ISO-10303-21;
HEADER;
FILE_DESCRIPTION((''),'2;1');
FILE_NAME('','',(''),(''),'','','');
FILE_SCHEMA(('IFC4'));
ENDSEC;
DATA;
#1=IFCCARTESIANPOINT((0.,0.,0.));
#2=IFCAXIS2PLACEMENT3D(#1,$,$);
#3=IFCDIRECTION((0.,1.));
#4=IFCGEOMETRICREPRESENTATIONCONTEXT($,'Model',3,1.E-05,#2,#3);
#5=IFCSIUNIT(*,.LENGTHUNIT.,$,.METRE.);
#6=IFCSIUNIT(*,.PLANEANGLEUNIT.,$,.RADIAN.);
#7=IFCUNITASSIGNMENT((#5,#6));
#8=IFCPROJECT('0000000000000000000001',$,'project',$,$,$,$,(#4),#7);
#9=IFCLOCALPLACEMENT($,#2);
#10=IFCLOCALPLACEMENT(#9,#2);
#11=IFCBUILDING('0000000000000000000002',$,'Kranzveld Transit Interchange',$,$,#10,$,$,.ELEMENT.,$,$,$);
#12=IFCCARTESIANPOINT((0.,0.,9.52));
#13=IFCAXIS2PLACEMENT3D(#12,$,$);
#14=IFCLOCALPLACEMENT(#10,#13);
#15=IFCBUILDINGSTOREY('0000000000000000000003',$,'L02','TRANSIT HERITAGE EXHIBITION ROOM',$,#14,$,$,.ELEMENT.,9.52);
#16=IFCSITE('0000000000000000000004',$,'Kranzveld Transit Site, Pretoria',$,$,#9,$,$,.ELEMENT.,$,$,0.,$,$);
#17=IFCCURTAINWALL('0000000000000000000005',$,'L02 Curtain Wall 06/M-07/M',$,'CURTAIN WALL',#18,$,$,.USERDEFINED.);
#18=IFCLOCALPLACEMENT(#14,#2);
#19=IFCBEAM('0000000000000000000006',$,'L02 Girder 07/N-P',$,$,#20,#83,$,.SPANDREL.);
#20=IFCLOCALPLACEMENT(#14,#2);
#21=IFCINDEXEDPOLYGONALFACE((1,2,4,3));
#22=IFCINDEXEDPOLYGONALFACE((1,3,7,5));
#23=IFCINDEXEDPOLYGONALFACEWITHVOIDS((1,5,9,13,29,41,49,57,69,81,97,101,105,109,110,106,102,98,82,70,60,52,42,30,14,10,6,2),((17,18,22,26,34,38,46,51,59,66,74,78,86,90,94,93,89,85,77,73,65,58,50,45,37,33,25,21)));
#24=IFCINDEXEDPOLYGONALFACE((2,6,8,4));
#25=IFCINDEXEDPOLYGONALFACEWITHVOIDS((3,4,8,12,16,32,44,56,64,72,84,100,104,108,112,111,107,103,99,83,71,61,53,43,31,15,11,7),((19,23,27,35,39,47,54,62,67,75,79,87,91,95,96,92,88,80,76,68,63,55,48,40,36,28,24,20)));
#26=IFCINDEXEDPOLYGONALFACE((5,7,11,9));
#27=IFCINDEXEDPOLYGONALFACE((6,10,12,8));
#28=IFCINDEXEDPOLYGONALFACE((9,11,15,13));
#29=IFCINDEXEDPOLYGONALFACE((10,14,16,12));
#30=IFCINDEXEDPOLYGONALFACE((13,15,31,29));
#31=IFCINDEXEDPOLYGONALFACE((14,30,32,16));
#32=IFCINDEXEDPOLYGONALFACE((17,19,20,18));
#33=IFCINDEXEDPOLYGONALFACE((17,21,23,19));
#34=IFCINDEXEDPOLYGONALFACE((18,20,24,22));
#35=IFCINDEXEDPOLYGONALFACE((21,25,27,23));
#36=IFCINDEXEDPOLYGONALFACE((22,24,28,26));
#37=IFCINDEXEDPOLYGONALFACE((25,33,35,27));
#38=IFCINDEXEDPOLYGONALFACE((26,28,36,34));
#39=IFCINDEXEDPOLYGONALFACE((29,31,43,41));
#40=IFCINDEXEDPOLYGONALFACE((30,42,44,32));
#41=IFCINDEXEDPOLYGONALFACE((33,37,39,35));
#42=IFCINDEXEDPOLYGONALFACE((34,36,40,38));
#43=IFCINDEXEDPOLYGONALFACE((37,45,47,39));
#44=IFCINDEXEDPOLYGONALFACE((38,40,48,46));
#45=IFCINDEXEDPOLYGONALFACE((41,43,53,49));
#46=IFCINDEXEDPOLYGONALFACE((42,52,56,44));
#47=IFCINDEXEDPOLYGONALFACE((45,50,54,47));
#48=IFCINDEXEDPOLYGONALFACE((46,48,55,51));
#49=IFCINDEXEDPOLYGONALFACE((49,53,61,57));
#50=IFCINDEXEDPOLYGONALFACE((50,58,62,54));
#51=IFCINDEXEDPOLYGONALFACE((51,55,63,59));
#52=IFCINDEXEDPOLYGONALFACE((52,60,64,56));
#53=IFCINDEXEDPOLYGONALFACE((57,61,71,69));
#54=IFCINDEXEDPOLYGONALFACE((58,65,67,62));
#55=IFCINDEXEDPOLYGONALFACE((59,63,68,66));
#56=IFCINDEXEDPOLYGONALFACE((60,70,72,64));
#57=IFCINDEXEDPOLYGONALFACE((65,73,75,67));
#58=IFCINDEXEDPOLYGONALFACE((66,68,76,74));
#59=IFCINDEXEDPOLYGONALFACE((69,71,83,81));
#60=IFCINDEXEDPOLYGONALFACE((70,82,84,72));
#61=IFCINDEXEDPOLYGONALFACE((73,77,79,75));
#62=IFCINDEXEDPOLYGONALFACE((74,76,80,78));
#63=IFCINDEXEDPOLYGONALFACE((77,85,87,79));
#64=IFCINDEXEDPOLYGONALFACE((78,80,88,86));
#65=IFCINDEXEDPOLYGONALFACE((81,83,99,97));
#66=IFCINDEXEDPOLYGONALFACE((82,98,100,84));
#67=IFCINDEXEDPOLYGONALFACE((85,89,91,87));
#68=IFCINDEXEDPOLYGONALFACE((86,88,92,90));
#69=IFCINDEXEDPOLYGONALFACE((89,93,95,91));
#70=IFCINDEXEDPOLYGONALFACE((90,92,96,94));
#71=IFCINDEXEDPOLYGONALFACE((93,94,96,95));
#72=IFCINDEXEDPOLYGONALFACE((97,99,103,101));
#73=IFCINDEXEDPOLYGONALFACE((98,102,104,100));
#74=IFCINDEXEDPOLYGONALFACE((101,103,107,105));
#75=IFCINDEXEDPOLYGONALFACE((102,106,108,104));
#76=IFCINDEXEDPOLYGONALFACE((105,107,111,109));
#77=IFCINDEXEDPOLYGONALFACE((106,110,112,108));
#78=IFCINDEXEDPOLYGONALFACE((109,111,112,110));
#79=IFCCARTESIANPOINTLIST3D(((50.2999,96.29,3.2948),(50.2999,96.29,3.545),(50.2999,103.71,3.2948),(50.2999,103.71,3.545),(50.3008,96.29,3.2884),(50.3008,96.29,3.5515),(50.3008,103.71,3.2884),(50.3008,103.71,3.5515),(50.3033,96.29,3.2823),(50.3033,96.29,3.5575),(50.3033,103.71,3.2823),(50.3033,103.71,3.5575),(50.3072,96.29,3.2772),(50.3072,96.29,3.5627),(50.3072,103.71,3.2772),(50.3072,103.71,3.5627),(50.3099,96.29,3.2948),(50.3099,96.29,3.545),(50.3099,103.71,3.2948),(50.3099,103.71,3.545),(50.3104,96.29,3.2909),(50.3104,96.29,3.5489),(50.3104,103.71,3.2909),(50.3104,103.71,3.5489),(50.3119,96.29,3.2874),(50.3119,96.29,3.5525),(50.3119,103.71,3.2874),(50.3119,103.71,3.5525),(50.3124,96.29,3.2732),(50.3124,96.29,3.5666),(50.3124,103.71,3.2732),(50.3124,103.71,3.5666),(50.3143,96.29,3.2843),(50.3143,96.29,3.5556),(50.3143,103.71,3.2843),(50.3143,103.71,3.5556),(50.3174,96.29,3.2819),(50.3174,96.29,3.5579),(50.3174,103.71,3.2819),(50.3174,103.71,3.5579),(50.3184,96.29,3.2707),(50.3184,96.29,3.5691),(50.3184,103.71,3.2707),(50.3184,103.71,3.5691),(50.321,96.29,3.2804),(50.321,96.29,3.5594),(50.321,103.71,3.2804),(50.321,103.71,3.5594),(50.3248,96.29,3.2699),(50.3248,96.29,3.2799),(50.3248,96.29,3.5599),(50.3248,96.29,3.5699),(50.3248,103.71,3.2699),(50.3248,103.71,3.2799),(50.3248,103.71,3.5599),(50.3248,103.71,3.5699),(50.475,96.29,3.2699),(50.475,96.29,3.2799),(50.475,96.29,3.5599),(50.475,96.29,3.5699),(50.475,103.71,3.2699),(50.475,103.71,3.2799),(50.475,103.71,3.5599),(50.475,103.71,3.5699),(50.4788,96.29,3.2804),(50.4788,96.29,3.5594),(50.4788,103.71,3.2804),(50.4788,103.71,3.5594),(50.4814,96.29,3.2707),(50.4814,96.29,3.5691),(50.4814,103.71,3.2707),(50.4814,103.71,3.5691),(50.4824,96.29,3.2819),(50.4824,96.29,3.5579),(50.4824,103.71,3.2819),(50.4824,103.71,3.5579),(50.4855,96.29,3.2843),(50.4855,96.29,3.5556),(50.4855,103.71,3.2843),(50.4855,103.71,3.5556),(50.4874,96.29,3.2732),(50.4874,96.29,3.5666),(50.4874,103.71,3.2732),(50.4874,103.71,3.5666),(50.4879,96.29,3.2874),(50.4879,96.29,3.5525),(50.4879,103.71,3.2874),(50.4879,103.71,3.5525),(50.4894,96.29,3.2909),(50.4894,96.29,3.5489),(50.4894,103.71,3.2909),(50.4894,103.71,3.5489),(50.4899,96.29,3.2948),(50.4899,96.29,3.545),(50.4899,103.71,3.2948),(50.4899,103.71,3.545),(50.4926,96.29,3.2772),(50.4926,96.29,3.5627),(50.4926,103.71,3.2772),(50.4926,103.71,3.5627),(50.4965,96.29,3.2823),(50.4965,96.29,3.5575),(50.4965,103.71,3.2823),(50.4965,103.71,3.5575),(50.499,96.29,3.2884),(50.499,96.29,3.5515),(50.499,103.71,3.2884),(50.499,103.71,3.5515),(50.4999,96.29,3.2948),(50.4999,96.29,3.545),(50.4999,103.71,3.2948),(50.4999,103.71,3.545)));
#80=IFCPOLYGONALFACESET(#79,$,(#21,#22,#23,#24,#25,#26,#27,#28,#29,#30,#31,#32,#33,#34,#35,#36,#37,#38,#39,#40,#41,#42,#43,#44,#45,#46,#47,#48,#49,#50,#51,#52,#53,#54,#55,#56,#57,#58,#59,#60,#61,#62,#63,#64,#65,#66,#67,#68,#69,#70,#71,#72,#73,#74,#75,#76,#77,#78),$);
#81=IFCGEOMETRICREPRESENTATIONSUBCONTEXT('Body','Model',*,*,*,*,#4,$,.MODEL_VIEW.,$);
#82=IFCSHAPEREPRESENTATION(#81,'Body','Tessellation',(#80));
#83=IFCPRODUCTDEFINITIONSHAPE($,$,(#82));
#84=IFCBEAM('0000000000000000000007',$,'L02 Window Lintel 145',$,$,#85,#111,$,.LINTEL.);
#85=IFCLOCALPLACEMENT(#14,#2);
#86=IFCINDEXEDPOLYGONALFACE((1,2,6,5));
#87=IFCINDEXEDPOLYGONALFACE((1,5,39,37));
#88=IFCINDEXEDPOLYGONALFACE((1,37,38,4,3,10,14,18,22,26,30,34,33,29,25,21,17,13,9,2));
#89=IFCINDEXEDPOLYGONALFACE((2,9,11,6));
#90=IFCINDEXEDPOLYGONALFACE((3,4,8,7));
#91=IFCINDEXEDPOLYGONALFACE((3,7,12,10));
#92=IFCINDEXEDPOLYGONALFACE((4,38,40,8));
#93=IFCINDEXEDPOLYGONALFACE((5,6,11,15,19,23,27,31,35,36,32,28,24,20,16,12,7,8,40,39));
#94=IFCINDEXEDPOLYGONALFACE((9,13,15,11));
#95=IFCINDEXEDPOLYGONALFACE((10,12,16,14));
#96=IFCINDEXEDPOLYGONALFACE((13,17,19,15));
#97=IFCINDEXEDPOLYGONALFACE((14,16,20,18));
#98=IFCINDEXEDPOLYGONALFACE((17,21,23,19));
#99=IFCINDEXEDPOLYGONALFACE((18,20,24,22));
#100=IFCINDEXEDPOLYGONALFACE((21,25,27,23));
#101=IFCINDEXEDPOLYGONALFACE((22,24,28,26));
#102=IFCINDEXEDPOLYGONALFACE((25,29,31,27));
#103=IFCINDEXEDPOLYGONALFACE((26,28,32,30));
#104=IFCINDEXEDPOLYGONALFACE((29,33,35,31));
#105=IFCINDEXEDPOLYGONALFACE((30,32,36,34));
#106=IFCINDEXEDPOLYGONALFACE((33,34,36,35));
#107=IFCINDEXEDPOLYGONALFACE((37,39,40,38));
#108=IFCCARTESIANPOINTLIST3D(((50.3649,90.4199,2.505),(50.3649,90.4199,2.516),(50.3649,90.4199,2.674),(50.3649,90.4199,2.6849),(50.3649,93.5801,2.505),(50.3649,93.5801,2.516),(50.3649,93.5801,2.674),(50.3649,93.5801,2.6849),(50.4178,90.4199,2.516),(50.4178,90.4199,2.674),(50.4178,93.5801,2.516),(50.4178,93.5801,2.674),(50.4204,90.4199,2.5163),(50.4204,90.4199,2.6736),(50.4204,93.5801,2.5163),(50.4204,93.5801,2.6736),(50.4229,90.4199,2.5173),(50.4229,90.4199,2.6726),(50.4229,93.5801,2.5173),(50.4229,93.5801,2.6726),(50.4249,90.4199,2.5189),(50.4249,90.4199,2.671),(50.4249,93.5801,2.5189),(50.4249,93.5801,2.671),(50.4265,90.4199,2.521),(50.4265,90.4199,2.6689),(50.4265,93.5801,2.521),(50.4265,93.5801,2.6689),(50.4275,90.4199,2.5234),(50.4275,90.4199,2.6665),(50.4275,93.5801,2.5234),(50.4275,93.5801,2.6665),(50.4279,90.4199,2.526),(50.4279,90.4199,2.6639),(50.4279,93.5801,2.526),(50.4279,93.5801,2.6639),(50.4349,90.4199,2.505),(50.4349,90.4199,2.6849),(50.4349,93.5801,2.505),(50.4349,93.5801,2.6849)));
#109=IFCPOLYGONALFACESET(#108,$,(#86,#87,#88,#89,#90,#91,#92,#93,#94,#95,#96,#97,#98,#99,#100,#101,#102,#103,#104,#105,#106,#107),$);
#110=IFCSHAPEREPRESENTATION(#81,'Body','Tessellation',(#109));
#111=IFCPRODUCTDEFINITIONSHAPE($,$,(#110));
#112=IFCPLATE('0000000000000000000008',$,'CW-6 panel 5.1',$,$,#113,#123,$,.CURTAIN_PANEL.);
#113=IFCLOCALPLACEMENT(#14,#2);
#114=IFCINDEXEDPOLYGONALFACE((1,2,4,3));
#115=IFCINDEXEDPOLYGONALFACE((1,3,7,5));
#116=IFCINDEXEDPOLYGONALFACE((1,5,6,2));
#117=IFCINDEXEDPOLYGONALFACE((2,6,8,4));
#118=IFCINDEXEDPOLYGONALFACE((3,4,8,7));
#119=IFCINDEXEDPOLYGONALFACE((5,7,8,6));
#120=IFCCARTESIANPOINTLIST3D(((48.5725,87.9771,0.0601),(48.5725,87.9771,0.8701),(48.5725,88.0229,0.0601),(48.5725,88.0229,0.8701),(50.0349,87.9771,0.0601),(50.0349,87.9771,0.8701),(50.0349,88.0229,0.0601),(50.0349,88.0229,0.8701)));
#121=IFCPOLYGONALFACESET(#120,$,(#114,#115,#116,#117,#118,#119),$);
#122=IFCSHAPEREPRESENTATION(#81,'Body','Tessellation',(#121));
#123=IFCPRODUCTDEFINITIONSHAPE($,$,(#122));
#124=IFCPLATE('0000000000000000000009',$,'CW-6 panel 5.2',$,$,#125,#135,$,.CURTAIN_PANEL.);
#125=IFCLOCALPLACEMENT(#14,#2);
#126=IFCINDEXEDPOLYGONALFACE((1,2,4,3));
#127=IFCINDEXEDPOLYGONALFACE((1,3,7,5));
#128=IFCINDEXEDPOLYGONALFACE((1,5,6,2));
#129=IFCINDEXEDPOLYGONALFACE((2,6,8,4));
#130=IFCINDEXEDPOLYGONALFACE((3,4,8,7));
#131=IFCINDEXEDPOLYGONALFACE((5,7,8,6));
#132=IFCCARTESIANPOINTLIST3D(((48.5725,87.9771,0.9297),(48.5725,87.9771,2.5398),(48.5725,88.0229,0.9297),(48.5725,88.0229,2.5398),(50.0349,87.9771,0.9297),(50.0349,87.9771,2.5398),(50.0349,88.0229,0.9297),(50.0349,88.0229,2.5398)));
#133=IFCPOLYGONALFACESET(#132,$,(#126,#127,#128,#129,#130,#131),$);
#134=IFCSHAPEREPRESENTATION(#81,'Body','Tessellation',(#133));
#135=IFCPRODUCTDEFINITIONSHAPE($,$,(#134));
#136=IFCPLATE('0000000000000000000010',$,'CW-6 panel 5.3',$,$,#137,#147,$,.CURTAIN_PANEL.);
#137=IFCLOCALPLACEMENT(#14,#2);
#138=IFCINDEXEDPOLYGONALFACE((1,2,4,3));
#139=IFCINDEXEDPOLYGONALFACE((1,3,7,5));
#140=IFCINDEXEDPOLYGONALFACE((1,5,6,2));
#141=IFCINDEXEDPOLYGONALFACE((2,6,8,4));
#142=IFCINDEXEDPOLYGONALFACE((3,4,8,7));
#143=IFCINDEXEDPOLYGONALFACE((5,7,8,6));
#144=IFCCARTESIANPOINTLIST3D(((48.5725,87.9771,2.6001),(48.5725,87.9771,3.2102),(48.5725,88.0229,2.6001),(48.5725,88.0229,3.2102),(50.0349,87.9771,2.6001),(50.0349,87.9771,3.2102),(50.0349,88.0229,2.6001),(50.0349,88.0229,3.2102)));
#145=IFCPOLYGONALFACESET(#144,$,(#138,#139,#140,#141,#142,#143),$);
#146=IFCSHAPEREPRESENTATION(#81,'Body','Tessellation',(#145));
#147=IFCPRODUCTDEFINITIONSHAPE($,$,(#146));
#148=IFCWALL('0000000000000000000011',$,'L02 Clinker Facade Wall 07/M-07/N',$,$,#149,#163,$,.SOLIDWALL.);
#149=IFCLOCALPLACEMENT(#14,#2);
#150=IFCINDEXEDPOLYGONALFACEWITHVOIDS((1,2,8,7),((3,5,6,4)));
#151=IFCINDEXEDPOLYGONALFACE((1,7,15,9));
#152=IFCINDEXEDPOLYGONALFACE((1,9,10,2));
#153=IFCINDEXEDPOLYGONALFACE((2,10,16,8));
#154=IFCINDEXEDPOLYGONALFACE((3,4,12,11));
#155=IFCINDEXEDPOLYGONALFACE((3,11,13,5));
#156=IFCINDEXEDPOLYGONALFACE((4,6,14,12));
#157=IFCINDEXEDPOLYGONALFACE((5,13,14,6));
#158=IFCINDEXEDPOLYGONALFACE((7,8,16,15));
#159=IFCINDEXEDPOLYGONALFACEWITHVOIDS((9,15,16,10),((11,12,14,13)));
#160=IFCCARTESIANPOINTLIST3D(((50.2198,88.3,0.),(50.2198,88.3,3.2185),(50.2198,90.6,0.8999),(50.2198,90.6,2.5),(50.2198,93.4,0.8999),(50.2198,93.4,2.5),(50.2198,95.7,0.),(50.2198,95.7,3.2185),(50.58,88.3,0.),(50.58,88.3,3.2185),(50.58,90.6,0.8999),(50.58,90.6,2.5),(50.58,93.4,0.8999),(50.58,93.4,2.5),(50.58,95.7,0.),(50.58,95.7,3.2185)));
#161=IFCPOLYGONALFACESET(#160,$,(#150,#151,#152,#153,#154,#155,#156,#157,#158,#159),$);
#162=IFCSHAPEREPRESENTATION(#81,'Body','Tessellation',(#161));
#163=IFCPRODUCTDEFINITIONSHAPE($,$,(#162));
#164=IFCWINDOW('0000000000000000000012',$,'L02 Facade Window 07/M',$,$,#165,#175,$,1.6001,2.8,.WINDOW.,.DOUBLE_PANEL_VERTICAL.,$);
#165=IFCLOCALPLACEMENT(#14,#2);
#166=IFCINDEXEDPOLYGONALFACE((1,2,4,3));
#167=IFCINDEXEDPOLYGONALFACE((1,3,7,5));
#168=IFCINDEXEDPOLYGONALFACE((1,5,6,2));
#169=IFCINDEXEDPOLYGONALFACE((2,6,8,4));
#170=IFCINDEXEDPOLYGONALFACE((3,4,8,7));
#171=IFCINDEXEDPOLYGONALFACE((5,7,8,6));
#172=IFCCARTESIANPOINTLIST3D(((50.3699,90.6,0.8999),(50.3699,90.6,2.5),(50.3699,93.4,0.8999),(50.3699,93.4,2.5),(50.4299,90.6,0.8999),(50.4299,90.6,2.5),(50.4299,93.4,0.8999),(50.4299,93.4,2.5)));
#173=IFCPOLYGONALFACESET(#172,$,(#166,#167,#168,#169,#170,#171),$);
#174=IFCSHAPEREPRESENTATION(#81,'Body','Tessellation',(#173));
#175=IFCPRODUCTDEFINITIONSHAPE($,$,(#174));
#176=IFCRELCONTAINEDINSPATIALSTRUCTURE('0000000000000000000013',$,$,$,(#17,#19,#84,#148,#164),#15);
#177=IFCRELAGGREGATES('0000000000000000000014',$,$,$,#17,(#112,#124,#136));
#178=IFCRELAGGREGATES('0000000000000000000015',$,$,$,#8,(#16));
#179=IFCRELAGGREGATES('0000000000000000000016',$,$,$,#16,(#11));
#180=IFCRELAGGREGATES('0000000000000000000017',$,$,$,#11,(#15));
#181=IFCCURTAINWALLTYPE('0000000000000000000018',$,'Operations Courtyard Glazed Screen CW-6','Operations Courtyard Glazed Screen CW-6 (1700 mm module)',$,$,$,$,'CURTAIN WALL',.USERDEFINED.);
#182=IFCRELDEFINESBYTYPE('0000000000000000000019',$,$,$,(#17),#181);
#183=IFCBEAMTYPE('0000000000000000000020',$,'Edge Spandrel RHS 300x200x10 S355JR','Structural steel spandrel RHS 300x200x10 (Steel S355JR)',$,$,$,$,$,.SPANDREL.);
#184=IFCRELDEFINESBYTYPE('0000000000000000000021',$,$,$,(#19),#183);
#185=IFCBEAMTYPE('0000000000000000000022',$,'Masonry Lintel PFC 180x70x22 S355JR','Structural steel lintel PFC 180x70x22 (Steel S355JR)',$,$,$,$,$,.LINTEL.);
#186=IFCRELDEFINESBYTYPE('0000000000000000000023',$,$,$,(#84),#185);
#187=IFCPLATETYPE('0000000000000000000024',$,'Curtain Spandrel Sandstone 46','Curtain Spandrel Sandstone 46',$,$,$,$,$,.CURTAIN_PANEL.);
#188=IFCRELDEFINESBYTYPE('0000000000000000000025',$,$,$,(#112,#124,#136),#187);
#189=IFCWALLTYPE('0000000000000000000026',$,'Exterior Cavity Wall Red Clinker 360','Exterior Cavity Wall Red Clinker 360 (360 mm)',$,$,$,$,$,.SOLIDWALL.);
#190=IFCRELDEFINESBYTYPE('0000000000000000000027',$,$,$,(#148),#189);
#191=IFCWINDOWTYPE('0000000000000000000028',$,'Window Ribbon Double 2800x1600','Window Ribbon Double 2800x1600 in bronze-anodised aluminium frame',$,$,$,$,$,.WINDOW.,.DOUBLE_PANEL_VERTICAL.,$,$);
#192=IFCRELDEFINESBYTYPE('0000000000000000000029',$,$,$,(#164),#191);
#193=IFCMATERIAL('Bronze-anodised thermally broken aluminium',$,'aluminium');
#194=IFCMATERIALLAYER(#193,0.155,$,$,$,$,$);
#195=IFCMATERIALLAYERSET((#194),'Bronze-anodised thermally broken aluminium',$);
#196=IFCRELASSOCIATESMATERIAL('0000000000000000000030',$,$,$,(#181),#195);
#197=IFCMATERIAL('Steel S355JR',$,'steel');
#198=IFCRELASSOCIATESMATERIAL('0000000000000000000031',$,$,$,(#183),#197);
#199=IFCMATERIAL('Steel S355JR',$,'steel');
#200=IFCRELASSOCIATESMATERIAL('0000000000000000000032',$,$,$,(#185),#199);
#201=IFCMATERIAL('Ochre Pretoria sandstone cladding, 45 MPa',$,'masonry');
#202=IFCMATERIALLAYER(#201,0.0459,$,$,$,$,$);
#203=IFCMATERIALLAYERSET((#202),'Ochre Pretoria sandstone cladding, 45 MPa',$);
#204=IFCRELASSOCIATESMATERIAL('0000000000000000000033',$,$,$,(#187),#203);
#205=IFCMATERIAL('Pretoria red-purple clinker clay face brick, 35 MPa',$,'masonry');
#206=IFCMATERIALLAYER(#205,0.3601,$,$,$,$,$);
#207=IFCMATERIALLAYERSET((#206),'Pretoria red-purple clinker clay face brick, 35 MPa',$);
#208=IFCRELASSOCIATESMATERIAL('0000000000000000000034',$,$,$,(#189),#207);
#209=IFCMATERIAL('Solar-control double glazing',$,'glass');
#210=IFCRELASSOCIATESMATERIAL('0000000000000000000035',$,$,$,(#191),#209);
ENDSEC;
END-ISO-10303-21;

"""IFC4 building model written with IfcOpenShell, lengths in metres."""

from ifc_helpers import new_model, si_unit, direction, frame, frame_2d, origin, origin_2d, place, context, subcontext, project, spatial, rectangle, hollow_rectangle, u_section, extrude, material, layer, layer_set, material_profile, profile_set, type_object, element, fill, aggregate, save


model = new_model("IFC4")

# Units and contexts
model_context = context("Model", 3, precision=1e-05, world=origin(), true_north=direction((0.0, 1.0)))
body_context = subcontext(model_context, "Body", "Model", "MODEL_VIEW")
ifc_project = project(units=[si_unit("LENGTHUNIT", "METRE"), si_unit("PLANEANGLEUNIT", "RADIAN")], contexts=[model_context])

# Site, building, storey
site_placement = place(None, origin())
site = spatial("IfcSite", under=ifc_project, at=site_placement, Name="Kranzveld Transit Site, Pretoria", CompositionType="ELEMENT", RefElevation=0.0)
building_placement = place(site_placement, origin())
building = spatial("IfcBuilding", under=site, at=building_placement, Name="Kranzveld Transit Interchange", CompositionType="ELEMENT")
storey_placement = place(building_placement, frame((0.0, 0.0, 9.52)))
storey = spatial("IfcBuildingStorey", under=building, at=storey_placement, Name="L02", Description="TRANSIT HERITAGE EXHIBITION ROOM", CompositionType="ELEMENT", Elevation=9.52)

# Curtain wall
ifc_material_1 = material(Name="Bronze-anodised thermally broken aluminium", Category="aluminium")
ifc_layer_1 = layer(ifc_material_1, 0.155)
ifc_layer_set_1 = layer_set([ifc_layer_1], Name="Bronze-anodised thermally broken aluminium")
curtain_wall_type = type_object("IfcCurtainWallType", Name="Operations Courtyard Glazed Screen CW-6", Description="Operations Courtyard Glazed Screen CW-6 (1700 mm module)", ElementType="CURTAIN WALL", PredefinedType="USERDEFINED", material=ifc_layer_set_1)
curtain_wall_placement = place(storey_placement, origin())
curtain_wall = element("IfcCurtainWall", 1, at=curtain_wall_placement, inside=storey, type_object=curtain_wall_type, Name="L02 Curtain Wall 06/M-07/M", ObjectType="CURTAIN WALL", PredefinedType="USERDEFINED")

# Beams
ifc_material_2 = material(Name="Steel S355JR", Category="steel")
ifc_material_profile_1 = material_profile(ifc_material_2, hollow_rectangle(XDim=0.2, YDim=0.3, WallThickness=0.01, InnerFilletRadius=0.0149, OuterFilletRadius=0.0249, at=origin_2d()), Name="RHS 300x200x10")
ifc_profile_set_1 = profile_set([ifc_material_profile_1], Name="Steel S355JR")
beam_type_1 = type_object("IfcBeamType", Name="Edge Spandrel RHS 300x200x10 S355JR", Description="Structural steel spandrel RHS 300x200x10 (Steel S355JR)", PredefinedType="SPANDREL", material=ifc_profile_set_1)
for number, where, z_axis, x_axis, name in (
    (2, (50.3999, 96.29, 3.4199), (0.0, 1.0, 0.0), (-1.0, 0.0, 0.0), "L02 Girder 07/N-P"),
):
    element("IfcBeam", number, at=place(storey_placement, frame(where, z_axis=z_axis, x_axis=x_axis)), inside=storey, type_object=beam_type_1, Name=name, PredefinedType="SPANDREL", context=body_context, shape_type="SweptSolid", body=[
        extrude(hollow_rectangle(XDim=0.2, YDim=0.3, WallThickness=0.01, InnerFilletRadius=0.0149, OuterFilletRadius=0.0249, at=origin_2d()), origin(), (0.0, 0.0, 1.0), 7.4199),
    ])
ifc_material_3 = material(Name="Steel S355JR", Category="steel")
ifc_material_profile_2 = material_profile(ifc_material_3, u_section(Depth=0.1799, FlangeWidth=0.0701, WebThickness=0.0071, FlangeThickness=0.011, FilletRadius=0.01, at=origin_2d()), Name="PFC 180x70x22")
ifc_profile_set_2 = profile_set([ifc_material_profile_2], Name="Steel S355JR")
beam_type_2 = type_object("IfcBeamType", Name="Masonry Lintel PFC 180x70x22 S355JR", Description="Structural steel lintel PFC 180x70x22 (Steel S355JR)", PredefinedType="LINTEL", material=ifc_profile_set_2)
beam_placement = place(storey_placement, frame((50.3999, 90.4199, 2.595), z_axis=(0.0, 1.0, 0.0), x_axis=(-1.0, 0.0, 0.0)))
element("IfcBeam", 3, at=beam_placement, inside=storey, type_object=beam_type_2, Name="L02 Window Lintel 145", PredefinedType="LINTEL", context=body_context, shape_type="SweptSolid", body=[
    extrude(u_section(Depth=0.1799, FlangeWidth=0.0701, WebThickness=0.0071, FlangeThickness=0.011, FilletRadius=0.01, at=origin_2d()), origin(), (0.0, 0.0, 1.0), 3.1602),
])

# Plates
ifc_material_4 = material(Name="Ochre Pretoria sandstone cladding, 45 MPa", Category="masonry")
ifc_layer_2 = layer(ifc_material_4, 0.0459)
ifc_layer_set_2 = layer_set([ifc_layer_2], Name="Ochre Pretoria sandstone cladding, 45 MPa")
plate_type = type_object("IfcPlateType", Name="Curtain Spandrel Sandstone 46", Description="Curtain Spandrel Sandstone 46", PredefinedType="CURTAIN_PANEL", material=ifc_layer_set_2)
plate_1_placement = place(storey_placement, frame((49.3037, 88.0, 0.0601), z_axis=(0.0, 0.0, 1.0), x_axis=(1.0, 0.0, 0.0)))
plate_1 = element("IfcPlate", 4, at=plate_1_placement, type_object=plate_type, Name="CW-6 panel 5.1", PredefinedType="CURTAIN_PANEL", context=body_context, shape_type="SweptSolid", body=[
    extrude(rectangle(XDim=1.4624, YDim=0.0459, at=origin_2d()), origin(), (0.0, 0.0, 1.0), 0.8101),
])
plate_2_placement = place(storey_placement, frame((49.3037, 88.0, 0.9297), z_axis=(0.0, 0.0, 1.0), x_axis=(1.0, 0.0, 0.0)))
plate_2 = element("IfcPlate", 5, at=plate_2_placement, type_object=plate_type, Name="CW-6 panel 5.2", PredefinedType="CURTAIN_PANEL", context=body_context, shape_type="SweptSolid", body=[
    extrude(rectangle(XDim=1.4624, YDim=0.0459, at=origin_2d()), origin(), (0.0, 0.0, 1.0), 1.6101),
])
plate_3_placement = place(storey_placement, frame((49.3037, 88.0, 2.6001), z_axis=(0.0, 0.0, 1.0), x_axis=(1.0, 0.0, 0.0)))
plate_3 = element("IfcPlate", 6, at=plate_3_placement, type_object=plate_type, Name="CW-6 panel 5.3", PredefinedType="CURTAIN_PANEL", context=body_context, shape_type="SweptSolid", body=[
    extrude(rectangle(XDim=1.4624, YDim=0.0459, at=origin_2d()), origin(), (0.0, 0.0, 1.0), 0.6101),
])
aggregate(curtain_wall, [plate_1, plate_2, plate_3])

# Wall, opening, window
ifc_material_5 = material(Name="Pretoria red-purple clinker clay face brick, 35 MPa", Category="masonry")
ifc_layer_3 = layer(ifc_material_5, 0.3601)
ifc_layer_set_3 = layer_set([ifc_layer_3], Name="Pretoria red-purple clinker clay face brick, 35 MPa")
wall_type = type_object("IfcWallType", Name="Exterior Cavity Wall Red Clinker 360", Description="Exterior Cavity Wall Red Clinker 360 (360 mm)", PredefinedType="SOLIDWALL", material=ifc_layer_set_3)
wall_1_placement = place(storey_placement, frame((50.3999, 88.3, 0.0), z_axis=(0.0, 0.0, 1.0), x_axis=(0.0, 1.0, 0.0)))
wall_1 = element("IfcWall", 7, at=wall_1_placement, inside=storey, type_object=wall_type, Name="L02 Clinker Facade Wall 07/M-07/N", PredefinedType="SOLIDWALL", context=body_context, shape_type="SweptSolid", body=[
    extrude(rectangle(XDim=7.3999, YDim=0.3601, at=frame_2d((3.7, 0.0))), origin(), (0.0, 0.0, 1.0), 3.2185),
])
opening_1_placement = place(wall_1_placement, frame((2.3, 0.0, 0.8999), z_axis=(0.0, 0.0, 1.0), x_axis=(1.0, 0.0, 0.0)))
opening_1 = element("IfcOpeningElement", 8, at=opening_1_placement, cuts=wall_1, PredefinedType="OPENING", context=body_context, shape_type="SweptSolid", body=[
    extrude(rectangle(XDim=2.8, YDim=1.6001, at=frame_2d((1.3999, 0.8))), frame((0.0, 0.1899, 0.0), z_axis=(0.0, -1.0, 0.0), x_axis=(1.0, 0.0, 0.0)), (0.0, 0.0, 1.0), 0.3801),
])
ifc_material_6 = material(Name="Solar-control double glazing", Category="glass")
window_type_1 = type_object("IfcWindowType", Name="Window Ribbon Double 2800x1600", Description="Window Ribbon Double 2800x1600 in bronze-anodised aluminium frame", PartitioningType="DOUBLE_PANEL_VERTICAL", PredefinedType="WINDOW", material=ifc_material_6)
window_1_placement = place(opening_1_placement, origin())
window_1 = element("IfcWindow", 9, at=window_1_placement, inside=storey, type_object=window_type_1, Name="L02 Facade Window 07/M", OverallHeight=1.6001, OverallWidth=2.8, PartitioningType="DOUBLE_PANEL_VERTICAL", PredefinedType="WINDOW", context=body_context, shape_type="SweptSolid", body=[
    extrude(rectangle(XDim=2.8, YDim=1.6001, at=frame_2d((1.3999, 0.8))), frame((0.0, 0.03, 0.0), z_axis=(0.0, -1.0, 0.0), x_axis=(1.0, 0.0, 0.0)), (0.0, 0.0, 1.0), 0.0601),
])
fill(opening_1, window_1)

save(model, "model.ifc")
